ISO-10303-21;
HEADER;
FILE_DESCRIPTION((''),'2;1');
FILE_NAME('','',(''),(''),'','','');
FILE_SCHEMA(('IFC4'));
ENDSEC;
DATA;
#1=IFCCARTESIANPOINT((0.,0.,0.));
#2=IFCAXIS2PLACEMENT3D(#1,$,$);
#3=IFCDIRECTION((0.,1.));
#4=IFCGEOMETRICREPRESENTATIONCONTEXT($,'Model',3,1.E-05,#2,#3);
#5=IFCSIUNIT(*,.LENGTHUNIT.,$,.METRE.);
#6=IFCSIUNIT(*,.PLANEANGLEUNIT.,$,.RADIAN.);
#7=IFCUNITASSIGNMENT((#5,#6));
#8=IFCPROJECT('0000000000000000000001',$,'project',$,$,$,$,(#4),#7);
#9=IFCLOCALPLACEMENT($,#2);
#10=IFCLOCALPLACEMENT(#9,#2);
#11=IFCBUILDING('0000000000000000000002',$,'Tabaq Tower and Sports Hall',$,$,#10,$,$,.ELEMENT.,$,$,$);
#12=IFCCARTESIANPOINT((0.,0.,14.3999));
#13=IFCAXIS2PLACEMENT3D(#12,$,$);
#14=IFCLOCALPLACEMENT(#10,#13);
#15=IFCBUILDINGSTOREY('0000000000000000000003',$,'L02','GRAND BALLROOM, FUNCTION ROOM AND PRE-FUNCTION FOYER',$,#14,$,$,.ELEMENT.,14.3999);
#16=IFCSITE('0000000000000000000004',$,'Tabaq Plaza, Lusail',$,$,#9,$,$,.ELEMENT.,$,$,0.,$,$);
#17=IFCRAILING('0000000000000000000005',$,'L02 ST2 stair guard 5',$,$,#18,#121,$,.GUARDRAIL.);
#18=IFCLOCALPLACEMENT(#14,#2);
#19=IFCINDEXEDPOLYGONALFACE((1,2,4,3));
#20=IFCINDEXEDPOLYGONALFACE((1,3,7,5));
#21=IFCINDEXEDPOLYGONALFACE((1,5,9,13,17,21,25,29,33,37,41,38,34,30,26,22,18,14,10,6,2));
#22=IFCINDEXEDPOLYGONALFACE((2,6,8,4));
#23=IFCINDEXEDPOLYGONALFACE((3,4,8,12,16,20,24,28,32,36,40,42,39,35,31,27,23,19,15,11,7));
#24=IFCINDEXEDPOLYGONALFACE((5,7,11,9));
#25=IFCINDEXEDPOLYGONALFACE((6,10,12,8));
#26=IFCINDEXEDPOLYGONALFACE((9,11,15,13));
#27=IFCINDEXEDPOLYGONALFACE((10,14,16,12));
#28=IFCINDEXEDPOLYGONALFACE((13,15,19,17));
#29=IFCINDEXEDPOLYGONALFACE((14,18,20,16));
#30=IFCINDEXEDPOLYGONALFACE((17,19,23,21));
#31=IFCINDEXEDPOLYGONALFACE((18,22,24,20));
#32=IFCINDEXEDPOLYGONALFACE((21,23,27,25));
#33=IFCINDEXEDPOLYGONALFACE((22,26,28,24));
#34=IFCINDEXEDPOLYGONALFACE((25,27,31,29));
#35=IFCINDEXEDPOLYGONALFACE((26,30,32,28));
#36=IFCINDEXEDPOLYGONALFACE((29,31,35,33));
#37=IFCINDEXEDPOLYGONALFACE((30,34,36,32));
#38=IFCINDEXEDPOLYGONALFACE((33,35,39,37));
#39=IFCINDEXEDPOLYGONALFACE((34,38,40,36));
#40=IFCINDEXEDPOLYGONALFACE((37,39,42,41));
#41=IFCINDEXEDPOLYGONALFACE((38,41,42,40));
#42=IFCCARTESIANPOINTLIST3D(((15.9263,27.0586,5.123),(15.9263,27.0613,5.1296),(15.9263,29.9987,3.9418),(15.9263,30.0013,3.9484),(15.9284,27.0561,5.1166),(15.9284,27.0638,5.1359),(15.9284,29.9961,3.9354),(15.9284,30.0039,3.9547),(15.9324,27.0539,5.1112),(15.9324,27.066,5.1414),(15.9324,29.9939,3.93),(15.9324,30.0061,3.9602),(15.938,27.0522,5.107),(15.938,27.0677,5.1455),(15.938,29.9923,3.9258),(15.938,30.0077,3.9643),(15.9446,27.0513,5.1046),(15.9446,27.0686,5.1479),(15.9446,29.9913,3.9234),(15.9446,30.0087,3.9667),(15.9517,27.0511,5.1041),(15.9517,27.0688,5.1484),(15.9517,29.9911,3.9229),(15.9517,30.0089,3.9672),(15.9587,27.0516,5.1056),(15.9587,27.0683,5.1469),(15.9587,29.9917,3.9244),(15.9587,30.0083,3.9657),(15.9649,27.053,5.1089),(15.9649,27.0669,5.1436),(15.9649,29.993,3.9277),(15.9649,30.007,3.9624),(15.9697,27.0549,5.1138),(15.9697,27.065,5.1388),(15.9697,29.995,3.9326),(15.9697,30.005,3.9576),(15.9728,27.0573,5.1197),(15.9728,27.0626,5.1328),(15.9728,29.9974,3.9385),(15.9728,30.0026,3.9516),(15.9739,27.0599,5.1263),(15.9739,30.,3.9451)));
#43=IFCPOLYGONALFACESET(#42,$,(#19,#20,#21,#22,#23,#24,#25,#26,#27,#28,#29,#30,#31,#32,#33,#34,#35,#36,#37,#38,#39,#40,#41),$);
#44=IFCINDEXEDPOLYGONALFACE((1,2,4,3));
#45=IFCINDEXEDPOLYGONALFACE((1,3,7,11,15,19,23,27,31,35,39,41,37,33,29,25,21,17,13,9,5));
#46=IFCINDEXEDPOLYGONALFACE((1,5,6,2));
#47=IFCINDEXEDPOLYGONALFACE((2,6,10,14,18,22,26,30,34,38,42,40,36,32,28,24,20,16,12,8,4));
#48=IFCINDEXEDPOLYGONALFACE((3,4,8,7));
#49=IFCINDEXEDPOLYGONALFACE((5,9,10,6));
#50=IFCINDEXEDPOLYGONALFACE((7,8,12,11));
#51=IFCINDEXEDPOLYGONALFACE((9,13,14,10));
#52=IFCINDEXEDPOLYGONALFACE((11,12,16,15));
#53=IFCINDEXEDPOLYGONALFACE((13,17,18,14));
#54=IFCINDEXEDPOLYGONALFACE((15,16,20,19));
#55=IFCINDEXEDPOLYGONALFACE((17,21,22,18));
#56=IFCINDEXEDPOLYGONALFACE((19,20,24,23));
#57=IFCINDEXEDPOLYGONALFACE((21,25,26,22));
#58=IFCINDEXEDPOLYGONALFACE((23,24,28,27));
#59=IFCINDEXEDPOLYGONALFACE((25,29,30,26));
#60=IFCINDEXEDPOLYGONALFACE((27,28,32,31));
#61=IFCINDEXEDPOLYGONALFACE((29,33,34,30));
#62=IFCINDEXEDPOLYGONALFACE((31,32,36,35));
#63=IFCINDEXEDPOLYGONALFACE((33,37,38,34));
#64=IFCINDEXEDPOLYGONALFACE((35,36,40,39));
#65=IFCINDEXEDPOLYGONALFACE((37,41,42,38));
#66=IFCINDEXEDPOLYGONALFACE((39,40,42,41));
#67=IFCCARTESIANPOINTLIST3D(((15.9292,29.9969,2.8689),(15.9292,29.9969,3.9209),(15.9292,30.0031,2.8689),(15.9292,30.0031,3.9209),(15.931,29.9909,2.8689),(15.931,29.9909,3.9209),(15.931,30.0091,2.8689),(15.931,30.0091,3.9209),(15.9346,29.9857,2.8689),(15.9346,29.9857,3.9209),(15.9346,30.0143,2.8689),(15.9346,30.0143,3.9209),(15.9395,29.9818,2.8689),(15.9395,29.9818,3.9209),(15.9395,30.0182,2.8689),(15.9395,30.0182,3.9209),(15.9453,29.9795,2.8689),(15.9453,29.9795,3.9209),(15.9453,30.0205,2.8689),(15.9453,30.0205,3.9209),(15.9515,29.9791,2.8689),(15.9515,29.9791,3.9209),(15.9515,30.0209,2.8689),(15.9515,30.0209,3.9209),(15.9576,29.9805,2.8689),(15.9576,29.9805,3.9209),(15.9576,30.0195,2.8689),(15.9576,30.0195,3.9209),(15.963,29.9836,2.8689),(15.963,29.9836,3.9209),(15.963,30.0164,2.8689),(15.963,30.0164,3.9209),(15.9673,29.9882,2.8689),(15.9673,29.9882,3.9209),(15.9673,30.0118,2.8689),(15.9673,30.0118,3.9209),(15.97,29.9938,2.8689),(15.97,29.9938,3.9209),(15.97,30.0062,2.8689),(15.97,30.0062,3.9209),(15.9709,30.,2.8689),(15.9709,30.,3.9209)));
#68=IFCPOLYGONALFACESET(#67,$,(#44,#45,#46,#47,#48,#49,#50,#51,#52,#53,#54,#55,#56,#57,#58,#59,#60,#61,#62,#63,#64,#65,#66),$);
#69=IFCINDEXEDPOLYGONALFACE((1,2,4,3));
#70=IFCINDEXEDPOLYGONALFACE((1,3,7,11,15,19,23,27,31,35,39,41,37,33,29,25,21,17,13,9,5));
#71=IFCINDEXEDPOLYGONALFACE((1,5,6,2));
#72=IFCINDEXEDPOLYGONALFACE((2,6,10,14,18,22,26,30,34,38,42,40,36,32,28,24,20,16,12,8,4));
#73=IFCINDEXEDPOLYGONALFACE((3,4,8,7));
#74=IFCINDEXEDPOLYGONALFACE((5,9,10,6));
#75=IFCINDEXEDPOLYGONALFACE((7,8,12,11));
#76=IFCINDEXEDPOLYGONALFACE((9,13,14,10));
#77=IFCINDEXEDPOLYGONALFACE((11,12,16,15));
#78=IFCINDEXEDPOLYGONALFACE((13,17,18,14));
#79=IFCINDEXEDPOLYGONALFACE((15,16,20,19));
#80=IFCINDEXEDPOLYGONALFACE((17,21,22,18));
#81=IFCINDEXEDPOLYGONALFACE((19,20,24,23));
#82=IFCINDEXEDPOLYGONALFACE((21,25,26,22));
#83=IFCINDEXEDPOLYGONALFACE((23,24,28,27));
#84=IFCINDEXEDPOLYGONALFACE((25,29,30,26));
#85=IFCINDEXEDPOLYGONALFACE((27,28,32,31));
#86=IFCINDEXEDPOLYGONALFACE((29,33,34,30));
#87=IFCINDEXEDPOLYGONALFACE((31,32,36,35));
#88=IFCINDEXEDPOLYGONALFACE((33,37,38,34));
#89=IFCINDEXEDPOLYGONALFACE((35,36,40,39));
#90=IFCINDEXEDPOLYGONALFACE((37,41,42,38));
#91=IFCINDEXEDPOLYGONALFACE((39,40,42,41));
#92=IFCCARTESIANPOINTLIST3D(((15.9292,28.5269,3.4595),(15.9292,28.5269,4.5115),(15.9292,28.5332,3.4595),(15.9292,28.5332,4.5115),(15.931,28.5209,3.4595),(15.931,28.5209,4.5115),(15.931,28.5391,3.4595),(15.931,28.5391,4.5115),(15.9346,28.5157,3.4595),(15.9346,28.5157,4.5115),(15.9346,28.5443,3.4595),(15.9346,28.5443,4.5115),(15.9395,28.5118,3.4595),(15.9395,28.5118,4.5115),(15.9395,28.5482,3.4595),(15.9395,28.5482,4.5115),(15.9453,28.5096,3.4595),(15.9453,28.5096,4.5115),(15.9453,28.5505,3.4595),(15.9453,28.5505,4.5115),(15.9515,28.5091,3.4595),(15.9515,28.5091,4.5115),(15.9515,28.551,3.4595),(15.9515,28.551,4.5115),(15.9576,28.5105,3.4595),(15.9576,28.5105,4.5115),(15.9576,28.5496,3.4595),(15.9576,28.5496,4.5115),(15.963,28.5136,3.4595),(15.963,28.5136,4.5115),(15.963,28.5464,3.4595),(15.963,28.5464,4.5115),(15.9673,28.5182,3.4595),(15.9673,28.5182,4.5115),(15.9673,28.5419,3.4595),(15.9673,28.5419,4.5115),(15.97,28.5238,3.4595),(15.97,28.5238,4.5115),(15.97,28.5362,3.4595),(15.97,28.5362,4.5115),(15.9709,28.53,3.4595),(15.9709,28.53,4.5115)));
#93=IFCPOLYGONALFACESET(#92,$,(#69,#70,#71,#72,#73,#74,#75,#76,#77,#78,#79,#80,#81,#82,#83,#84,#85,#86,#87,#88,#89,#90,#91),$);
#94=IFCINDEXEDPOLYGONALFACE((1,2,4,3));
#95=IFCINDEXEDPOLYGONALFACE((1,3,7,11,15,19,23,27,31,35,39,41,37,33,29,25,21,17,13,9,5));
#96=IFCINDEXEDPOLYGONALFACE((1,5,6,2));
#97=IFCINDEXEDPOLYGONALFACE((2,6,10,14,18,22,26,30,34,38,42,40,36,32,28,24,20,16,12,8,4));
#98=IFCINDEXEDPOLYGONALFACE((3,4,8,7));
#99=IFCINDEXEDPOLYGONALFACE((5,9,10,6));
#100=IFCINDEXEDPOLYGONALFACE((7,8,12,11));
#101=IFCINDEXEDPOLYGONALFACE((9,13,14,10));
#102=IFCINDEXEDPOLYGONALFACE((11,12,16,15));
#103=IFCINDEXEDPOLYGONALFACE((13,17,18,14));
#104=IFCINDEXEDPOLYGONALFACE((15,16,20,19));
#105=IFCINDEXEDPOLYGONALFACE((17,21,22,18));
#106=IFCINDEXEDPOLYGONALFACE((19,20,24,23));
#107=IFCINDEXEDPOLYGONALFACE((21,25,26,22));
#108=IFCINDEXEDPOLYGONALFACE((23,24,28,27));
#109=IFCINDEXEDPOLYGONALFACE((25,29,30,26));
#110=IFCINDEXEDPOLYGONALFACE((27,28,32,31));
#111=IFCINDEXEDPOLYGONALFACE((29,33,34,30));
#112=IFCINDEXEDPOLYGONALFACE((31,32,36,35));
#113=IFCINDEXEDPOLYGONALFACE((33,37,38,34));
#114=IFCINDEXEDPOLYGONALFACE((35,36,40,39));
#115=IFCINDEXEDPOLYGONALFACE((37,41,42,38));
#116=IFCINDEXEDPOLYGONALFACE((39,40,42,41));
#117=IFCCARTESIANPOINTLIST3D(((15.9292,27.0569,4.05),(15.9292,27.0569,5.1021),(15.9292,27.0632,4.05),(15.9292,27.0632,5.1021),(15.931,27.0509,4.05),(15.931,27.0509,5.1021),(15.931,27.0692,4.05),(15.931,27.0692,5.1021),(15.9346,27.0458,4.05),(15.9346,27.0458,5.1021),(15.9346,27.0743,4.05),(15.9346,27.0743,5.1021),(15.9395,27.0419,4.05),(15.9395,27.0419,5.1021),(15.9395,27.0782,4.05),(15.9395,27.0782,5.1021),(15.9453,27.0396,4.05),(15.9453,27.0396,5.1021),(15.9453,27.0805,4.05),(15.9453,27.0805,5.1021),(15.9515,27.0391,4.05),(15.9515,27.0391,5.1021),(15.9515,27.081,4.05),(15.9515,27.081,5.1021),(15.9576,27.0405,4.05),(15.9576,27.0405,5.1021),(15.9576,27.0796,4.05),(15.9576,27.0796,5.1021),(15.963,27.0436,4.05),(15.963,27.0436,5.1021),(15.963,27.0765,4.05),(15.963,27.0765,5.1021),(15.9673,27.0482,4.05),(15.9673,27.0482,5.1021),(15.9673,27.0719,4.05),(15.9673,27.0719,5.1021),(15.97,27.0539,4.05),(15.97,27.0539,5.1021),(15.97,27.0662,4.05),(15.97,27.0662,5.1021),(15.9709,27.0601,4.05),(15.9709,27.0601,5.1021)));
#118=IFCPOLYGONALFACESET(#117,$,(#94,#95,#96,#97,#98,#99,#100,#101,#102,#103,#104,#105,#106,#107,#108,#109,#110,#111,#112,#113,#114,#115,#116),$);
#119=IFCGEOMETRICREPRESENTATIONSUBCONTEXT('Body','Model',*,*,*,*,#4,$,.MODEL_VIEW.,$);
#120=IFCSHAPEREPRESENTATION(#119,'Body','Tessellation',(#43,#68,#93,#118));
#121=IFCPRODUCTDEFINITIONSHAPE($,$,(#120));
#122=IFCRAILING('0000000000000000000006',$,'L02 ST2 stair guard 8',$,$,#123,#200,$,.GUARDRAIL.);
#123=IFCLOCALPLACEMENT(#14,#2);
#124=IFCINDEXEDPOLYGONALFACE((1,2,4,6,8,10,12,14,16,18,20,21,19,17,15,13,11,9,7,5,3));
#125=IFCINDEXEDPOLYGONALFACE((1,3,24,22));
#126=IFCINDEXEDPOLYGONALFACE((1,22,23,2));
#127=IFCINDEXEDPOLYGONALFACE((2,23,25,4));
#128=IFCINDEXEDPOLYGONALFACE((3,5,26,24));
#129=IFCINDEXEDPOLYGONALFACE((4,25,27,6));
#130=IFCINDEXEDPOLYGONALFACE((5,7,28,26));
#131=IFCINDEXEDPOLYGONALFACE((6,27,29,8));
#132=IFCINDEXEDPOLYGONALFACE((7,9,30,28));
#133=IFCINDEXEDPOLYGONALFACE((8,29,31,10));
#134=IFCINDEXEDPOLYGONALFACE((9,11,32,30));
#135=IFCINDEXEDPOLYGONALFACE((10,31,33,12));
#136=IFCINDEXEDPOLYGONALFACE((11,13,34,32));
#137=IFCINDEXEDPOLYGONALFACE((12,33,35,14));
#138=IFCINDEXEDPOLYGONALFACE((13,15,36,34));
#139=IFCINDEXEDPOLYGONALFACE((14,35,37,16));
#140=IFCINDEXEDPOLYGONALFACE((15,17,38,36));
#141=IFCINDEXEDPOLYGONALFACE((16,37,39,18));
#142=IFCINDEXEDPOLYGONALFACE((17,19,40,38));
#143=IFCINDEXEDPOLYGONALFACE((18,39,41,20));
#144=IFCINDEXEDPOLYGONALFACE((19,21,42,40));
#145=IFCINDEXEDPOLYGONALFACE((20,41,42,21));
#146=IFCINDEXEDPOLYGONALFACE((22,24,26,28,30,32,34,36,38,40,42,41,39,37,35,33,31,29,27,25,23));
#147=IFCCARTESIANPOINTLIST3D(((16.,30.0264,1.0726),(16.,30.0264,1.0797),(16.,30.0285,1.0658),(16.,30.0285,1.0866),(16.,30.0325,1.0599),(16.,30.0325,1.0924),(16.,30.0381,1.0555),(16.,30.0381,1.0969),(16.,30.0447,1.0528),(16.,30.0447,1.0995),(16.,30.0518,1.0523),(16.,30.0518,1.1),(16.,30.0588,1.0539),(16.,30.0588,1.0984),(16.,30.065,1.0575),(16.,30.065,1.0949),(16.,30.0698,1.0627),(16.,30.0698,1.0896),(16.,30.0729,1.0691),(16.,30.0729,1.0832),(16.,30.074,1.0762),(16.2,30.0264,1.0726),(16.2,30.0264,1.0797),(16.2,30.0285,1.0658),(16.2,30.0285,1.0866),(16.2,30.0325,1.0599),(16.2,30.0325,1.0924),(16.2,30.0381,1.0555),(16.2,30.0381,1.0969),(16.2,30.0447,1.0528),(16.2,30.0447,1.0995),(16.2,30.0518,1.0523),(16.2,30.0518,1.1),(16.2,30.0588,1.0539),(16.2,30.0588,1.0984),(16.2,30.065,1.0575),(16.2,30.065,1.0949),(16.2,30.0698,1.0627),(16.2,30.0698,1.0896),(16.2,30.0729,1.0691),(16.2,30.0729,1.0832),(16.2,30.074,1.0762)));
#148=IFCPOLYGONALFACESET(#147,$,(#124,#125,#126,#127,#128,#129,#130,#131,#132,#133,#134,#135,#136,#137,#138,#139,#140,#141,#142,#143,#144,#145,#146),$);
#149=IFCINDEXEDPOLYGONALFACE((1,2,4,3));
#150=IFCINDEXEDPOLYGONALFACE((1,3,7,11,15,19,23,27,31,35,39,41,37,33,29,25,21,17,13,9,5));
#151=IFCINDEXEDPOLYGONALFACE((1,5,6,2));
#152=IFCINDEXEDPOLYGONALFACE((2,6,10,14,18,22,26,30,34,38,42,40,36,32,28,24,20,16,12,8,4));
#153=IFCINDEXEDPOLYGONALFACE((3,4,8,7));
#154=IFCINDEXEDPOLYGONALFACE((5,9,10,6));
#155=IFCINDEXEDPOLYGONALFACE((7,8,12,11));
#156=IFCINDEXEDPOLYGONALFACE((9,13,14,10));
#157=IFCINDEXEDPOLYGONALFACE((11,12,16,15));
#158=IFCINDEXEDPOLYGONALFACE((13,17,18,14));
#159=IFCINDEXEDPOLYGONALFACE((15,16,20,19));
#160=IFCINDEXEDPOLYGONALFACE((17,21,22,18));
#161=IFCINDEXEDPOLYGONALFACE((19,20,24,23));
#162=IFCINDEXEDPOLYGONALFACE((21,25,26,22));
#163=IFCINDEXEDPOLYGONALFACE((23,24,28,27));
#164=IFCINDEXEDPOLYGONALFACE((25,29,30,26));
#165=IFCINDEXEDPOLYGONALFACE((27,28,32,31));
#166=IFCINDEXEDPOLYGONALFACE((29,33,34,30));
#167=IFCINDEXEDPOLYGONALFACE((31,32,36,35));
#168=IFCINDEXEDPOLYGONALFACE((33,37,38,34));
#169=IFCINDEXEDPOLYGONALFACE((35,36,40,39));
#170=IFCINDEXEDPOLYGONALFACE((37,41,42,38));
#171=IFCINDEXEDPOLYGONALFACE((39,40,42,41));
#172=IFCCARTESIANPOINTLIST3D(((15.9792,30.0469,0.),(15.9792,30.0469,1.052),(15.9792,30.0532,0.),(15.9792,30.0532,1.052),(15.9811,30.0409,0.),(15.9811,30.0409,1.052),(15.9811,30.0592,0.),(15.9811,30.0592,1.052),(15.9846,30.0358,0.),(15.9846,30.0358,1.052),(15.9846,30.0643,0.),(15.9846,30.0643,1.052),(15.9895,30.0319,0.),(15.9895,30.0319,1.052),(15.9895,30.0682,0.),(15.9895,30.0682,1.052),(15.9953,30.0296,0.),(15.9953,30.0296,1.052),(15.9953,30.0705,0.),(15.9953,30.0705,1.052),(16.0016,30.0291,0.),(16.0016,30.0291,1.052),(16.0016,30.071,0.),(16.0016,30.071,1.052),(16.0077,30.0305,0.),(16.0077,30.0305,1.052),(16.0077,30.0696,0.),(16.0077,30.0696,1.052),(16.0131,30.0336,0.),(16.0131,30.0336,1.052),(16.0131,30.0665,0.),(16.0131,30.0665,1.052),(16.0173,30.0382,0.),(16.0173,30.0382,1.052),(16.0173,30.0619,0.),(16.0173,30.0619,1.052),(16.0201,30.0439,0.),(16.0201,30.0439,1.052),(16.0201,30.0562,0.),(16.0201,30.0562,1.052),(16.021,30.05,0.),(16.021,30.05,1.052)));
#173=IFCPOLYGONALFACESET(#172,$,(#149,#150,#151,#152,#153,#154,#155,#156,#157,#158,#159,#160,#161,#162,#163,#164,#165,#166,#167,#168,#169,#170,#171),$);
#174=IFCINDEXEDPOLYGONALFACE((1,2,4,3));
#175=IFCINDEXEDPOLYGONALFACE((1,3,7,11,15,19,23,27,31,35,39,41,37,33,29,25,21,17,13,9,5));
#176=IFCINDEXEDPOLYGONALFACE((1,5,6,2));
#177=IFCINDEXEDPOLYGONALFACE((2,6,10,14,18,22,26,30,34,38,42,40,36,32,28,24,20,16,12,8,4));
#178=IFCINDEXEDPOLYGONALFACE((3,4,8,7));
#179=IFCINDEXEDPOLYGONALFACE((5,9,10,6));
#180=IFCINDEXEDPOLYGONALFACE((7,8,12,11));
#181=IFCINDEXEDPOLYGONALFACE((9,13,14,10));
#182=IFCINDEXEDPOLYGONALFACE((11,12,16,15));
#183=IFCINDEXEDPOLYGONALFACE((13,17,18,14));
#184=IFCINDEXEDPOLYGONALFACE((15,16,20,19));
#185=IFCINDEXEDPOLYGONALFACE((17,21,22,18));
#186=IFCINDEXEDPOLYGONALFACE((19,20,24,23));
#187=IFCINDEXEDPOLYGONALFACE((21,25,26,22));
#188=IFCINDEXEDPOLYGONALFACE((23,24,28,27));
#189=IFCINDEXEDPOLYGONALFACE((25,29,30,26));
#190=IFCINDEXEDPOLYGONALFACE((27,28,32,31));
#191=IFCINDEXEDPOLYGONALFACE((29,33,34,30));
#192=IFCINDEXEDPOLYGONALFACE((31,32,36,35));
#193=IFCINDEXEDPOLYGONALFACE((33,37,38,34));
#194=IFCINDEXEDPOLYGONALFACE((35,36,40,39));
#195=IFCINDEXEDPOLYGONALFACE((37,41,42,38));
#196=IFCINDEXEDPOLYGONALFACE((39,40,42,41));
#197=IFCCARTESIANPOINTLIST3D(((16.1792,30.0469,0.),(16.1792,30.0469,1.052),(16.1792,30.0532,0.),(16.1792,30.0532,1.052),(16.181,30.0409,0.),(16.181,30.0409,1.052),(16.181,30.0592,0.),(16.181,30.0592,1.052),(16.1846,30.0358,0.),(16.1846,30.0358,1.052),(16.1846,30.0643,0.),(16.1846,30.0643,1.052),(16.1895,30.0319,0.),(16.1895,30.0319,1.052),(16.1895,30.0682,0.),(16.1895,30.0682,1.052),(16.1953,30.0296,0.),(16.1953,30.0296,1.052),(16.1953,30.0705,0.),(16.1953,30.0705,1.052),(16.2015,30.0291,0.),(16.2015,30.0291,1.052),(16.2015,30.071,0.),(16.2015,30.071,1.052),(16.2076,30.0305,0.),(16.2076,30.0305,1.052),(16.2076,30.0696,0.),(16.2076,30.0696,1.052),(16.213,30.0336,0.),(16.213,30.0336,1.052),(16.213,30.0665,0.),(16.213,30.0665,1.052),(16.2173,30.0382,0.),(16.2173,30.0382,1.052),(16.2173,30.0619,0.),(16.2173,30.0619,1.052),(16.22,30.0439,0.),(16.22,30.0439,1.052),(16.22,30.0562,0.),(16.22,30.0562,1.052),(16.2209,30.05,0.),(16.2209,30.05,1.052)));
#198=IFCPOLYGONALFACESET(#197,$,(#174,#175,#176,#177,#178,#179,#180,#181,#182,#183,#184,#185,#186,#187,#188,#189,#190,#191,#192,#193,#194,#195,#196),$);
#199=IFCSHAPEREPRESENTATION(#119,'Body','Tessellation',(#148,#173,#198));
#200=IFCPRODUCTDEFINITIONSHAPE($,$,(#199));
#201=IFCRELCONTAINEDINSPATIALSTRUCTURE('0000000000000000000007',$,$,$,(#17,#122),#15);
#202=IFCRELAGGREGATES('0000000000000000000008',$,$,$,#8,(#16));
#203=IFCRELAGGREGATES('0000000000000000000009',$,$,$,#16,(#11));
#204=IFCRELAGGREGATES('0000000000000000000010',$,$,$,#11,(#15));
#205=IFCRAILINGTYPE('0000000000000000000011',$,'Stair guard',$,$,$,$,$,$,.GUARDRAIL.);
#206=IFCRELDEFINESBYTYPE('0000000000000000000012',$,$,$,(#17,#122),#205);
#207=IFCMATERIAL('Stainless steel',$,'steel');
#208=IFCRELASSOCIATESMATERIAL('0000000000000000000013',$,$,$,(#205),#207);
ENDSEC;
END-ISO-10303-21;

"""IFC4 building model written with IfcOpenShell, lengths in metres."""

from ifc_helpers import new_model, si_unit, direction, frame, origin, origin_2d, place, context, subcontext, project, spatial, circle, extrude, material, type_object, element, save


model = new_model("IFC4")

# Units and contexts
model_context = context("Model", 3, precision=1e-05, world=origin(), true_north=direction((0.0, 1.0)))
body_context = subcontext(model_context, "Body", "Model", "MODEL_VIEW")
ifc_project = project(units=[si_unit("LENGTHUNIT", "METRE"), si_unit("PLANEANGLEUNIT", "RADIAN")], contexts=[model_context])

# Site, building, storey
site_placement = place(None, origin())
site = spatial("IfcSite", under=ifc_project, at=site_placement, Name="Tabaq Plaza, Lusail", CompositionType="ELEMENT", RefElevation=0.0)
building_placement = place(site_placement, origin())
building = spatial("IfcBuilding", under=site, at=building_placement, Name="Tabaq Tower and Sports Hall", CompositionType="ELEMENT")
storey_placement = place(building_placement, frame((0.0, 0.0, 14.3999)))
storey = spatial("IfcBuildingStorey", under=building, at=storey_placement, Name="L02", Description="GRAND BALLROOM, FUNCTION ROOM AND PRE-FUNCTION FOYER", CompositionType="ELEMENT", Elevation=14.3999)

# Railings
ifc_material_1 = material(Name="Stainless steel", Category="steel")
railing_type_1 = type_object("IfcRailingType", Name="Stair guard", PredefinedType="GUARDRAIL", material=ifc_material_1)
railing_1_placement = place(storey_placement, frame((15.95, 30.0, 2.8689)))
element("IfcRailing", 1, at=railing_1_placement, inside=storey, type_object=railing_type_1, Name="L02 ST2 stair guard 5", PredefinedType="GUARDRAIL", context=body_context, shape_type="SweptSolid", body=[
    extrude(circle(Radius=0.0239, at=origin_2d()), frame((0.0, 0.0, 1.0762), z_axis=(0.0, -0.927912, 0.372799), x_axis=(1.0, 0.0, 0.0)), (0.0, 0.0, 1.0), 3.1685),
    extrude(circle(Radius=0.021, at=origin_2d()), origin(), (0.0, 0.0, 1.0), 1.052),
    extrude(circle(Radius=0.021, at=origin_2d()), frame((0.0, -1.47, 0.5906)), (0.0, 0.0, 1.0), 1.052),
    extrude(circle(Radius=0.021, at=origin_2d()), frame((0.0, -2.9399, 1.1812)), (0.0, 0.0, 1.0), 1.052),
])
railing_2_placement = place(storey_placement, frame((16.0, 30.05, 0.0)))
element("IfcRailing", 2, at=railing_2_placement, inside=storey, type_object=railing_type_1, Name="L02 ST2 stair guard 8", PredefinedType="GUARDRAIL", context=body_context, shape_type="SweptSolid", body=[
    extrude(circle(Radius=0.0239, at=origin_2d()), frame((0.0, 0.0, 1.0762), z_axis=(1.0, 0.0, 0.0), x_axis=(0.0, 1.0, 0.0)), (0.0, 0.0, 1.0), 0.2),
    extrude(circle(Radius=0.021, at=origin_2d()), origin(), (0.0, 0.0, 1.0), 1.052),
    extrude(circle(Radius=0.021, at=origin_2d()), frame((0.2, 0.0, 0.0)), (0.0, 0.0, 1.0), 1.052),
])

save(model, "model.ifc")
